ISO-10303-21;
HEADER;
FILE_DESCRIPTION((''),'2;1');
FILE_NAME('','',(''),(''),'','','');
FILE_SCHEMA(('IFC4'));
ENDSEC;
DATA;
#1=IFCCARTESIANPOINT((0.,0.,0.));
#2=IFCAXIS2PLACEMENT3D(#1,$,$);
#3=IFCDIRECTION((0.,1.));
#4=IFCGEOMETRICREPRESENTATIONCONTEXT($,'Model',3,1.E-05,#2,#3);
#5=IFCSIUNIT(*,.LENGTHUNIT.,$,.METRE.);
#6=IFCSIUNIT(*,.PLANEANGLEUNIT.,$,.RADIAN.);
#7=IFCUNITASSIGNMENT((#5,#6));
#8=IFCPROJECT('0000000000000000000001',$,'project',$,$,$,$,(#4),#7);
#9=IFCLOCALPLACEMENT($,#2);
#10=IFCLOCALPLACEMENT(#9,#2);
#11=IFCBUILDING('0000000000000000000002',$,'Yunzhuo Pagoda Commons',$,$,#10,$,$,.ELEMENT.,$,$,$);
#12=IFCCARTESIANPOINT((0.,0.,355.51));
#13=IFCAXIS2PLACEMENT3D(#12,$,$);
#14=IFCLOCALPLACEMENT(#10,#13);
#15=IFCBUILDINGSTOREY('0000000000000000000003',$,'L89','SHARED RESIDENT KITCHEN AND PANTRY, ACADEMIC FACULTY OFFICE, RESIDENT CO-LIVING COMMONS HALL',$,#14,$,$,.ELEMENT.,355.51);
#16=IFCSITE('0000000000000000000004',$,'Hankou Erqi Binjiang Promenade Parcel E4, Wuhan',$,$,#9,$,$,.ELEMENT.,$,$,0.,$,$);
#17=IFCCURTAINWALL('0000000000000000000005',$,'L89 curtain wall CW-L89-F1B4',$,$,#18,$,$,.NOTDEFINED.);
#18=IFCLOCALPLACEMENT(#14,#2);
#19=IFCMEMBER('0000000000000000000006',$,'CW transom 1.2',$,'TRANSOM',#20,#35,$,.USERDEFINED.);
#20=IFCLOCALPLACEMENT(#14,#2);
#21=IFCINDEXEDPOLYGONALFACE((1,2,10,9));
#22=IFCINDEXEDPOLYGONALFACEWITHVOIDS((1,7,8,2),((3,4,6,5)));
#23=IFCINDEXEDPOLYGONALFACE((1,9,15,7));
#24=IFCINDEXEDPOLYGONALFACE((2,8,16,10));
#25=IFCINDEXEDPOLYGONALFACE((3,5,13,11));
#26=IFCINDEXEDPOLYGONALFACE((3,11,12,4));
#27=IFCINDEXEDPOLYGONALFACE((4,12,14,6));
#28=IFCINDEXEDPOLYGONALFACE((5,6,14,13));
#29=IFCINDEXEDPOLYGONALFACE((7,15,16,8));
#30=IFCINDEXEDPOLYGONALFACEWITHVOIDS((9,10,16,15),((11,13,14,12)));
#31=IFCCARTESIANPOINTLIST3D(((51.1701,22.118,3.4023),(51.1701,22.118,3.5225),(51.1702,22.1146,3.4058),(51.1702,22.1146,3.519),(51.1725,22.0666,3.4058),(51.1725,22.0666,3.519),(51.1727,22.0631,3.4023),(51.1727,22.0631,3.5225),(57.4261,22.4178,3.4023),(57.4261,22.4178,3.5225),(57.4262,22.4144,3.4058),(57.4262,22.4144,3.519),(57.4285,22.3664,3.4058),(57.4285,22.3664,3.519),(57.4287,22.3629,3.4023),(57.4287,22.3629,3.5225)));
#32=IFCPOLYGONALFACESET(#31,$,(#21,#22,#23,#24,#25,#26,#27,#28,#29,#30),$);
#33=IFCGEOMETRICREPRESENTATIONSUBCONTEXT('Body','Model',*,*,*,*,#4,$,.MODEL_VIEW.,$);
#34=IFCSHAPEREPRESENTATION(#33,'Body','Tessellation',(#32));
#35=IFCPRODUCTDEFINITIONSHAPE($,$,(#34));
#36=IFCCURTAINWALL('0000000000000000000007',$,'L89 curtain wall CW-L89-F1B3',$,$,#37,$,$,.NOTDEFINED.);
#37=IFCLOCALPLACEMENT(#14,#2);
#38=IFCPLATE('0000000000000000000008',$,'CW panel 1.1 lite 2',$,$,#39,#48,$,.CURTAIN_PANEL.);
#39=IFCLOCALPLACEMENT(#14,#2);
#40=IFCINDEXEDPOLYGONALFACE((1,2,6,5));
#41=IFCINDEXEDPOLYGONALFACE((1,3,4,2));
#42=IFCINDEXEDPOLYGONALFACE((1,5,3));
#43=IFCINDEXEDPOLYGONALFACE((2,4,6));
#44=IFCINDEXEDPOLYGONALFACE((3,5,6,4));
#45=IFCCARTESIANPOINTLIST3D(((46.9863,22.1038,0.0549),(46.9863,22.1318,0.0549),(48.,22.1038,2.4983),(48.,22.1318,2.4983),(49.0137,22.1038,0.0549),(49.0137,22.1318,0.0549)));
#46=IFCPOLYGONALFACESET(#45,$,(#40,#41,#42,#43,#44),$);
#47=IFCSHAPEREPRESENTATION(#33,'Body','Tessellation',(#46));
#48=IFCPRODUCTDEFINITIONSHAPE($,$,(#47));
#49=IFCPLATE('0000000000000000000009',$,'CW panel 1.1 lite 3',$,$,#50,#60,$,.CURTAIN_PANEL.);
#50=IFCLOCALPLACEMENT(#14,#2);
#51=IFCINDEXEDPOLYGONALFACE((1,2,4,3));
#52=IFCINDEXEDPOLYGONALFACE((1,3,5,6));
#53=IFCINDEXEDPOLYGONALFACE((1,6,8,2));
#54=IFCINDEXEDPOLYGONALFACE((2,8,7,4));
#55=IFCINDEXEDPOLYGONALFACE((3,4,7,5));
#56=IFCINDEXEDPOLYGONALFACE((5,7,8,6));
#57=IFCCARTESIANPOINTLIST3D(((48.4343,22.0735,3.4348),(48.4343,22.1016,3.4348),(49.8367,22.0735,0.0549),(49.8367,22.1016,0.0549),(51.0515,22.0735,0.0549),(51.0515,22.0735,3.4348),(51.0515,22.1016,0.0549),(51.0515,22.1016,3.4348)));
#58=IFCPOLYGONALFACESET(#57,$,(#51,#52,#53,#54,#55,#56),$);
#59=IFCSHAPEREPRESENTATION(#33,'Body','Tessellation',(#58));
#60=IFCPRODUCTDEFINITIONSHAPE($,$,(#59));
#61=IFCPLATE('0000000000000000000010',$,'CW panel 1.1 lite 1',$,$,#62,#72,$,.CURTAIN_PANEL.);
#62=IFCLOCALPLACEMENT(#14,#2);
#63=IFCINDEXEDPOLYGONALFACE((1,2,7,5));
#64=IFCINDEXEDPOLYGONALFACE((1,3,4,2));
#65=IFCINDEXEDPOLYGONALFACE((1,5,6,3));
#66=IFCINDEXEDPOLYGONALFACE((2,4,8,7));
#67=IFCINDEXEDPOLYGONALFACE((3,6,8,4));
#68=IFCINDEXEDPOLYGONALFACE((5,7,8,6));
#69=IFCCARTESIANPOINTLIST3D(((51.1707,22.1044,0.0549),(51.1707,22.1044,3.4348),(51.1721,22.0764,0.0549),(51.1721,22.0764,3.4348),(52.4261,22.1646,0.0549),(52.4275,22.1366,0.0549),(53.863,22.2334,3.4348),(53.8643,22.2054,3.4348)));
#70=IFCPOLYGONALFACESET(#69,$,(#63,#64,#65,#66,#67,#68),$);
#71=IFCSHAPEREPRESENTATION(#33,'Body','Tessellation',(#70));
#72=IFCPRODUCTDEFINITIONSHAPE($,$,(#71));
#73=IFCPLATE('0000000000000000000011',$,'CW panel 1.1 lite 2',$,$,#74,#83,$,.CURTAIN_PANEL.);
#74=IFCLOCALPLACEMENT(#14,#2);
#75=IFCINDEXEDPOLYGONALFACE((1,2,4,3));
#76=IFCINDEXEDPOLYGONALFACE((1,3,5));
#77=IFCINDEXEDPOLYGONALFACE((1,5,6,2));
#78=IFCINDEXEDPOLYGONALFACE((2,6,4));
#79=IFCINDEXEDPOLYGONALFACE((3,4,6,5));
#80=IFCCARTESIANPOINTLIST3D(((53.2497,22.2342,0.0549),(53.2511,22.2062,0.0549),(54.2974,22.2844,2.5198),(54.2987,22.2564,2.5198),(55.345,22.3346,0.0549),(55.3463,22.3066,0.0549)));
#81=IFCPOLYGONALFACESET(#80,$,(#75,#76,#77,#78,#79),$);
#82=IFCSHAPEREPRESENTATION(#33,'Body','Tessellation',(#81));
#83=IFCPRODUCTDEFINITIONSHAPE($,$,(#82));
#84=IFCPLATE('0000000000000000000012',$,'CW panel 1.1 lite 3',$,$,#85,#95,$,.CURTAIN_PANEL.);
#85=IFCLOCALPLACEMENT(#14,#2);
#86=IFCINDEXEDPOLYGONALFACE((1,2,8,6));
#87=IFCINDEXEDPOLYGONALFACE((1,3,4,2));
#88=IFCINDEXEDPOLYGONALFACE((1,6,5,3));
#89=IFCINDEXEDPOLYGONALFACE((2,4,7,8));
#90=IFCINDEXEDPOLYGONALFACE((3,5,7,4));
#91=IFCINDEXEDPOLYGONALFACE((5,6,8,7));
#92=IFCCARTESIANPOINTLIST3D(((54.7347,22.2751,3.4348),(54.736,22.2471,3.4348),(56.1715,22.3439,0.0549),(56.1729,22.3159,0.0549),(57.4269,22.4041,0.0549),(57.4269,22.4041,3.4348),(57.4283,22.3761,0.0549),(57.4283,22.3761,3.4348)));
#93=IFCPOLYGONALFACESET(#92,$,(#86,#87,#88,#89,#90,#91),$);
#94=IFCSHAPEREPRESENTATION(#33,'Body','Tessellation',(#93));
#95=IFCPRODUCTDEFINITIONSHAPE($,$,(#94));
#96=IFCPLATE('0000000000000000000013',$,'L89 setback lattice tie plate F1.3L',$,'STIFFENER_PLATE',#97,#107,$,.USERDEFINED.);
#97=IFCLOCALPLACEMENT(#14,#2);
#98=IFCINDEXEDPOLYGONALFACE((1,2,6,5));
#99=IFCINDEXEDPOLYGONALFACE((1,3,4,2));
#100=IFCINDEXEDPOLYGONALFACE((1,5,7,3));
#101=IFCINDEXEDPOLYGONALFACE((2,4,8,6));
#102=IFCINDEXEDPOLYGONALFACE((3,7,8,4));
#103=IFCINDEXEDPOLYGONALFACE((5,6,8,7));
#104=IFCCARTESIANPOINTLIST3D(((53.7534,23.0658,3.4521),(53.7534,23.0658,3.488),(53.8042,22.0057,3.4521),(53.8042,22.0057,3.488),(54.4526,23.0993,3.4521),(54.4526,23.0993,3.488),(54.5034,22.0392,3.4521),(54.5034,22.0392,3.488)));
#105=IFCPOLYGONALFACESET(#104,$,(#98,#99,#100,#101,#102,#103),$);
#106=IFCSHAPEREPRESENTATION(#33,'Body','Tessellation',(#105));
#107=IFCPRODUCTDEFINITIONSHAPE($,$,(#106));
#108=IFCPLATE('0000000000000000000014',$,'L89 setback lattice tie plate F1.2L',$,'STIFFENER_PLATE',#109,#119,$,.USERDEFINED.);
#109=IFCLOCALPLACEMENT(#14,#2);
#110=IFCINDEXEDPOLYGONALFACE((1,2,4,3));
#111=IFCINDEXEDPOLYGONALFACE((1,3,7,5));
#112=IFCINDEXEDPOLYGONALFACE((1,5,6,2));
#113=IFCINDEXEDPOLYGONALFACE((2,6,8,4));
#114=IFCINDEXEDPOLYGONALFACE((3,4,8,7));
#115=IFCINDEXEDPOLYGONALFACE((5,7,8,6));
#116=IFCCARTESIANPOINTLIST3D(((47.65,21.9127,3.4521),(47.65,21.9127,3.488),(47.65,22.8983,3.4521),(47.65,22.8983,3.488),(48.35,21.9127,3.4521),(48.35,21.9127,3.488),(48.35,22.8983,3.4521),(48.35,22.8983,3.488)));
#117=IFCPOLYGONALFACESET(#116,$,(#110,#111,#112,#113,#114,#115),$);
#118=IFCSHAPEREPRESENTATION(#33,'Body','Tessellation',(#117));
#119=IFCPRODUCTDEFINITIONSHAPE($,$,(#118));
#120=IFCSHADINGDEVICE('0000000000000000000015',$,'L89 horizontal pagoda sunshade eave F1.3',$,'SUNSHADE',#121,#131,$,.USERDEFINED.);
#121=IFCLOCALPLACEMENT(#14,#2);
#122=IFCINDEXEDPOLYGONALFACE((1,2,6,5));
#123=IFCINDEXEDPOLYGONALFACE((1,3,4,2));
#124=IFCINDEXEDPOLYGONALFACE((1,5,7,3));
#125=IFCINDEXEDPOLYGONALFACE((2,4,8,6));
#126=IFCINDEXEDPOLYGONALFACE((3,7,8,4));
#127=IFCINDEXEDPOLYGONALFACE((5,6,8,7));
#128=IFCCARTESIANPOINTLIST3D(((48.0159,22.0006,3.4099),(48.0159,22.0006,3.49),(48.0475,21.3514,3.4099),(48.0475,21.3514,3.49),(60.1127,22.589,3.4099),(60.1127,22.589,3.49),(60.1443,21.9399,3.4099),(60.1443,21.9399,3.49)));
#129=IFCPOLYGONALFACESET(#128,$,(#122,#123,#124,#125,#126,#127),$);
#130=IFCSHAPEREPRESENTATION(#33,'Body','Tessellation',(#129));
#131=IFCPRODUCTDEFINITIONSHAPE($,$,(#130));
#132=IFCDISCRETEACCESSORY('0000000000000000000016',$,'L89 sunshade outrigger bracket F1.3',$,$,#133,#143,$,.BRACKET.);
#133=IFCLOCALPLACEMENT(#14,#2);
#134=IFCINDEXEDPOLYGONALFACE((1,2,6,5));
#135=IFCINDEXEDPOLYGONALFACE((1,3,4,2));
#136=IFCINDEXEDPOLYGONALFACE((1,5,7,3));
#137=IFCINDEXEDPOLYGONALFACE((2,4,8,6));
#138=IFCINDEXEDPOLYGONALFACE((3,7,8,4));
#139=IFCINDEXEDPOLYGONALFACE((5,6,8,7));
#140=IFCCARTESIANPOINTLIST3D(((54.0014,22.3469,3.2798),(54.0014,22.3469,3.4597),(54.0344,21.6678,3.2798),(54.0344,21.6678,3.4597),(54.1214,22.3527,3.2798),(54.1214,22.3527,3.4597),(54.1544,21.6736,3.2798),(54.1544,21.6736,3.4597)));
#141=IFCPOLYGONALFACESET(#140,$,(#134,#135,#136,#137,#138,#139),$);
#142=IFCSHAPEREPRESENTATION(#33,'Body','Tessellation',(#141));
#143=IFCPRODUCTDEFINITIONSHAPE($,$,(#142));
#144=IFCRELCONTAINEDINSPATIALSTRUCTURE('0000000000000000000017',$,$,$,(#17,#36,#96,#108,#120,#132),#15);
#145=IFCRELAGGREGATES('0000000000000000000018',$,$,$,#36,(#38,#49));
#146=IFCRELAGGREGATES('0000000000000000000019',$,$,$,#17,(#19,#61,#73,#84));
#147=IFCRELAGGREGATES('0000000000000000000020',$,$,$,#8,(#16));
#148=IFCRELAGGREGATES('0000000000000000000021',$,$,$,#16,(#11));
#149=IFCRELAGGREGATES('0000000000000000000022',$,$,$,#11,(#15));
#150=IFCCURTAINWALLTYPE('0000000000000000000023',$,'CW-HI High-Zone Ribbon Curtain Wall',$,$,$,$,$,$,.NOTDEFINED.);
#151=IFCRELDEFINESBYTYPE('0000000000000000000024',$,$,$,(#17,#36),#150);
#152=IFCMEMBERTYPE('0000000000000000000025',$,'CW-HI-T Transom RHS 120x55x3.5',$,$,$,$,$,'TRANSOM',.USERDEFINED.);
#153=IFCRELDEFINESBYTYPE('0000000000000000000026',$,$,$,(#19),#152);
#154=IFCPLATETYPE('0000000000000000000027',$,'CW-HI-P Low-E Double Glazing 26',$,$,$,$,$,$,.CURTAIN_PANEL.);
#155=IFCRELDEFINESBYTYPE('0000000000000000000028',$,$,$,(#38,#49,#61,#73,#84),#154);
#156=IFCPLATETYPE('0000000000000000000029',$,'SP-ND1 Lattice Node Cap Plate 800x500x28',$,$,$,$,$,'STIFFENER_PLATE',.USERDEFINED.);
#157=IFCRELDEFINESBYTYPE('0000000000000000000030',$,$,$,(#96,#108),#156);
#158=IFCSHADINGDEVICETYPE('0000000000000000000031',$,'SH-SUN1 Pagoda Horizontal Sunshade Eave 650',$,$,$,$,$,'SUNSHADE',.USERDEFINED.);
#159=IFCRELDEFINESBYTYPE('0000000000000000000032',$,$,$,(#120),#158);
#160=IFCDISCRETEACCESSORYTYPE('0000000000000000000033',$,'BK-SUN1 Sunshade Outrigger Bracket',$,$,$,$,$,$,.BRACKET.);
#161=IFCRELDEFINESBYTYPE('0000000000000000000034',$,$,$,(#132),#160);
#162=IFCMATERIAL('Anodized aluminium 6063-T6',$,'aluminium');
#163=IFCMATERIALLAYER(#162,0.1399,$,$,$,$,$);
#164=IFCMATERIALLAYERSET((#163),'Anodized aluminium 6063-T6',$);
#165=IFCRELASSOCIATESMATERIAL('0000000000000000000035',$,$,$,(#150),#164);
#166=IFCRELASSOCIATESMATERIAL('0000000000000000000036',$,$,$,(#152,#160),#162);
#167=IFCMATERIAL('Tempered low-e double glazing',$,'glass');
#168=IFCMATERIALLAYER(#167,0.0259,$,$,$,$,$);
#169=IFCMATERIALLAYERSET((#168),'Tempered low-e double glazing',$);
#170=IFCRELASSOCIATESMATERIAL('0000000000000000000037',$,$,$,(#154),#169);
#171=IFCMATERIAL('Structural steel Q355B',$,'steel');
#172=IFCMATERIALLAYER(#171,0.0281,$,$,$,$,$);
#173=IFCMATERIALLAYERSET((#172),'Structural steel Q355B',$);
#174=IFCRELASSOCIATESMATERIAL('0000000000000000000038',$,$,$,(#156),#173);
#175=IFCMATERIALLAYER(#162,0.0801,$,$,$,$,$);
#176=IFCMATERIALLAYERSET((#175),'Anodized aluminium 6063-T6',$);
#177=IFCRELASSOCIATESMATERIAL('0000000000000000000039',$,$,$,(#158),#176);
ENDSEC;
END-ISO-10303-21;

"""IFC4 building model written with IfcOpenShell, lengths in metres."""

from ifc_helpers import new_model, si_unit, direction, frame, origin, origin_2d, place, context, subcontext, project, spatial, polyline, rectangle, hollow_rectangle, outline, extrude, source, transform, mapped, material, layer, layer_set, material_profile, profile_set, type_object, element, aggregate, save


model = new_model("IFC4")

# Units and contexts
model_context = context("Model", 3, precision=1e-05, world=origin(), true_north=direction((0.0, 1.0)))
body_context = subcontext(model_context, "Body", "Model", "MODEL_VIEW")
ifc_project = project(units=[si_unit("LENGTHUNIT", "METRE"), si_unit("PLANEANGLEUNIT", "RADIAN")], contexts=[model_context])

# Site, building, storey
site_placement = place(None, origin())
site = spatial("IfcSite", under=ifc_project, at=site_placement, Name="Hankou Erqi Binjiang Promenade Parcel E4, Wuhan", CompositionType="ELEMENT", RefElevation=0.0)
building_placement = place(site_placement, origin())
building = spatial("IfcBuilding", under=site, at=building_placement, Name="Yunzhuo Pagoda Commons", CompositionType="ELEMENT")
storey_placement = place(building_placement, frame((0.0, 0.0, 355.51)))
storey = spatial("IfcBuildingStorey", under=building, at=storey_placement, Name="L89", Description="SHARED RESIDENT KITCHEN AND PANTRY, ACADEMIC FACULTY OFFICE, RESIDENT CO-LIVING COMMONS HALL", CompositionType="ELEMENT", Elevation=355.51)

# Shared definitions
ifc_material_1 = material(Name="Structural steel Q355B", Category="steel")

# Curtain wall, member
ifc_material_2 = material(Name="Anodized aluminium 6063-T6", Category="aluminium")
ifc_layer_1 = layer(ifc_material_2, 0.1399)
ifc_layer_set_1 = layer_set([ifc_layer_1], Name="Anodized aluminium 6063-T6")
curtain_wall_type = type_object("IfcCurtainWallType", Name="CW-HI High-Zone Ribbon Curtain Wall", PredefinedType="NOTDEFINED", material=ifc_layer_set_1)
curtain_wall_1_placement = place(storey_placement, origin())
curtain_wall_1 = element("IfcCurtainWall", 1, at=curtain_wall_1_placement, inside=storey, type_object=curtain_wall_type, Name="L89 curtain wall CW-L89-F1B4", PredefinedType="NOTDEFINED")
ifc_material_profile_1 = material_profile(ifc_material_2, hollow_rectangle(XDim=0.0549, YDim=0.1201, WallThickness=0.0034, at=origin_2d()), Name="Anodized aluminium 6063-T6")
ifc_profile_set_1 = profile_set([ifc_material_profile_1], Name="Anodized aluminium 6063-T6")
member_type_1 = type_object("IfcMemberType", Name="CW-HI-T Transom RHS 120x55x3.5", ElementType="TRANSOM", PredefinedType="USERDEFINED", material=ifc_profile_set_1)
shared_shape_1 = source(origin(), body_context, "Body", "SweptSolid", [
    extrude(hollow_rectangle(XDim=0.0549, YDim=0.1201, WallThickness=0.0034, at=origin_2d()), origin(), (0.0, 0.0, 1.0), 6.2632),
])
member_1_placement = place(storey_placement, frame((51.1714, 22.0906, 3.4624), z_axis=(0.998854, 0.047867, 0.0), x_axis=(-0.047867, 0.998854, 0.0)))
member_1 = element("IfcMember", 2, at=member_1_placement, type_object=member_type_1, Name="CW transom 1.2", ObjectType="TRANSOM", PredefinedType="USERDEFINED", context=body_context, shape_type="MappedRepresentation", body=[
    mapped(shared_shape_1, transform((0.0, 0.0, 0.0), scale=1.0)),
])

# Curtain wall, plates
curtain_wall_2_placement = place(storey_placement, origin())
curtain_wall_2 = element("IfcCurtainWall", 3, at=curtain_wall_2_placement, inside=storey, type_object=curtain_wall_type, Name="L89 curtain wall CW-L89-F1B3", PredefinedType="NOTDEFINED")
ifc_material_3 = material(Name="Tempered low-e double glazing", Category="glass")
ifc_layer_2 = layer(ifc_material_3, 0.0259)
ifc_layer_set_2 = layer_set([ifc_layer_2], Name="Tempered low-e double glazing")
plate_type_1 = type_object("IfcPlateType", Name="CW-HI-P Low-E Double Glazing 26", PredefinedType="CURTAIN_PANEL", material=ifc_layer_set_2)
plate_1_placement = place(storey_placement, frame((48.0, 22.1318, 1.2766), z_axis=(0.0, -1.0, 0.0), x_axis=(1.0, 0.0, 0.0)))
plate_1 = element("IfcPlate", 4, at=plate_1_placement, type_object=plate_type_1, Name="CW panel 1.1 lite 2", PredefinedType="CURTAIN_PANEL", context=body_context, shape_type="SweptSolid", body=[
    extrude(outline(polyline([(-1.0137, -1.2217), (1.0137, -1.2217), (0.0, 1.2217), (-1.0137, -1.2217)])), origin(), (0.0, 0.0, 1.0), 0.0281),
])
plate_2_placement = place(storey_placement, frame((49.7429, 22.1016, 1.7449), z_axis=(0.0, -1.0, 0.0), x_axis=(1.0, 0.0, 0.0)))
plate_2 = element("IfcPlate", 5, at=plate_2_placement, type_object=plate_type_1, Name="CW panel 1.1 lite 3", PredefinedType="CURTAIN_PANEL", context=body_context, shape_type="SweptSolid", body=[
    extrude(outline(polyline([(-1.3086, 1.6899), (0.0938, -1.6899), (1.3086, -1.6899), (1.3086, 1.6899), (-1.3086, 1.6899)])), origin(), (0.0, 0.0, 1.0), 0.0281),
])
aggregate(curtain_wall_2, [plate_1, plate_2])

# Plates
plate_3_placement = place(storey_placement, frame((52.5168, 22.1689, 1.7449), z_axis=(0.047859, -0.998854, 0.0), x_axis=(0.998854, 0.047859, 0.0)))
plate_3 = element("IfcPlate", 6, at=plate_3_placement, type_object=plate_type_1, Name="CW panel 1.1 lite 1", PredefinedType="CURTAIN_PANEL", context=body_context, shape_type="SweptSolid", body=[
    extrude(outline(polyline([(-1.3477, -1.6899), (-0.0908, -1.6899), (1.3477, 1.6899), (-1.3477, 1.6899), (-1.3477, -1.6899)])), origin(), (0.0, 0.0, 1.0), 0.0281),
])
plate_4_placement = place(storey_placement, frame((54.2974, 22.2844, 1.2874), z_axis=(0.047859, -0.998854, 0.0), x_axis=(0.998854, 0.047859, 0.0)))
plate_4 = element("IfcPlate", 7, at=plate_4_placement, type_object=plate_type_1, Name="CW panel 1.1 lite 2", PredefinedType="CURTAIN_PANEL", context=body_context, shape_type="SweptSolid", body=[
    extrude(outline(polyline([(-1.0488, -1.2324), (1.0488, -1.2324), (0.0, 1.2324), (-1.0488, -1.2324)])), origin(), (0.0, 0.0, 1.0), 0.0281),
])
plate_5_placement = place(storey_placement, frame((56.0808, 22.3396, 1.7449), z_axis=(0.047859, -0.998854, 0.0), x_axis=(0.998854, 0.047859, 0.0)))
plate_5 = element("IfcPlate", 8, at=plate_5_placement, type_object=plate_type_1, Name="CW panel 1.1 lite 3", PredefinedType="CURTAIN_PANEL", context=body_context, shape_type="SweptSolid", body=[
    extrude(outline(polyline([(-1.3477, 1.6899), (0.0908, -1.6899), (1.3477, -1.6899), (1.3477, 1.6899), (-1.3477, 1.6899)])), origin(), (0.0, 0.0, 1.0), 0.0281),
])
aggregate(curtain_wall_1, [member_1, plate_3, plate_4, plate_5])

# Plates
ifc_layer_3 = layer(ifc_material_1, 0.0281)
ifc_layer_set_3 = layer_set([ifc_layer_3], Name="Structural steel Q355B")
plate_type_2 = type_object("IfcPlateType", Name="SP-ND1 Lattice Node Cap Plate 800x500x28", ElementType="STIFFENER_PLATE", PredefinedType="USERDEFINED", material=ifc_layer_set_3)
shared_shape_2 = source(origin(), body_context, "Body", "SweptSolid", [
    extrude(rectangle(XDim=0.7, YDim=1.0613, at=origin_2d()), origin(), (0.0, 0.0, 1.0), 0.0359),
])
plate_6_placement = place(storey_placement, frame((54.1284, 22.5525, 3.4521), z_axis=(0.0, 0.0, 1.0), x_axis=(0.998854, 0.047856, 0.0)))
element("IfcPlate", 9, at=plate_6_placement, inside=storey, type_object=plate_type_2, Name="L89 setback lattice tie plate F1.3L", ObjectType="STIFFENER_PLATE", PredefinedType="USERDEFINED", context=body_context, shape_type="MappedRepresentation", body=[
    mapped(shared_shape_2, transform((0.0, 0.0, 0.0), scale=1.0)),
])
shared_shape_3 = source(origin(), body_context, "Body", "SweptSolid", [
    extrude(rectangle(XDim=0.7, YDim=0.9856, at=origin_2d()), origin(), (0.0, 0.0, 1.0), 0.0359),
])
plate_7_placement = place(storey_placement, frame((48.0, 22.4055, 3.4521), z_axis=(0.0, 0.0, 1.0), x_axis=(1.0, 0.0, 0.0)))
element("IfcPlate", 10, at=plate_7_placement, inside=storey, type_object=plate_type_2, Name="L89 setback lattice tie plate F1.2L", ObjectType="STIFFENER_PLATE", PredefinedType="USERDEFINED", context=body_context, shape_type="MappedRepresentation", body=[
    mapped(shared_shape_3, transform((0.0, 0.0, 0.0), scale=1.0)),
])

# Shading device
ifc_layer_4 = layer(ifc_material_2, 0.0801)
ifc_layer_set_4 = layer_set([ifc_layer_4], Name="Anodized aluminium 6063-T6")
shading_device_type = type_object("IfcShadingDeviceType", Name="SH-SUN1 Pagoda Horizontal Sunshade Eave 650", ElementType="SUNSHADE", PredefinedType="USERDEFINED", material=ifc_layer_set_4)
shared_shape_4 = source(origin(), body_context, "Body", "SweptSolid", [
    extrude(rectangle(XDim=12.1111, YDim=0.6499, at=origin_2d()), origin(), (0.0, 0.0, 1.0), 0.0801),
])
shading_device_placement = place(storey_placement, frame((54.0801, 21.9702, 3.4099), z_axis=(0.0, 0.0, 1.0), x_axis=(0.998819, 0.048588, 0.0)))
element("IfcShadingDevice", 11, at=shading_device_placement, inside=storey, type_object=shading_device_type, Name="L89 horizontal pagoda sunshade eave F1.3", ObjectType="SUNSHADE", PredefinedType="USERDEFINED", context=body_context, shape_type="MappedRepresentation", body=[
    mapped(shared_shape_4, transform((0.0, 0.0, 0.0), scale=1.0)),
])

# Discrete accessory
discrete_accessory_type = type_object("IfcDiscreteAccessoryType", Name="BK-SUN1 Sunshade Outrigger Bracket", PredefinedType="BRACKET", material=ifc_material_2)
shared_shape_5 = source(origin(), body_context, "Body", "SweptSolid", [
    extrude(rectangle(XDim=0.1201, YDim=0.6799, at=origin_2d()), origin(), (0.0, 0.0, 1.0), 0.1799),
])
discrete_accessory_placement = place(storey_placement, frame((54.0779, 22.0103, 3.2798), z_axis=(0.0, 0.0, 1.0), x_axis=(0.998819, 0.048588, 0.0)))
element("IfcDiscreteAccessory", 12, at=discrete_accessory_placement, inside=storey, type_object=discrete_accessory_type, Name="L89 sunshade outrigger bracket F1.3", PredefinedType="BRACKET", context=body_context, shape_type="MappedRepresentation", body=[
    mapped(shared_shape_5, transform((0.0, 0.0, 0.0), scale=1.0)),
])

save(model, "model.ifc")
